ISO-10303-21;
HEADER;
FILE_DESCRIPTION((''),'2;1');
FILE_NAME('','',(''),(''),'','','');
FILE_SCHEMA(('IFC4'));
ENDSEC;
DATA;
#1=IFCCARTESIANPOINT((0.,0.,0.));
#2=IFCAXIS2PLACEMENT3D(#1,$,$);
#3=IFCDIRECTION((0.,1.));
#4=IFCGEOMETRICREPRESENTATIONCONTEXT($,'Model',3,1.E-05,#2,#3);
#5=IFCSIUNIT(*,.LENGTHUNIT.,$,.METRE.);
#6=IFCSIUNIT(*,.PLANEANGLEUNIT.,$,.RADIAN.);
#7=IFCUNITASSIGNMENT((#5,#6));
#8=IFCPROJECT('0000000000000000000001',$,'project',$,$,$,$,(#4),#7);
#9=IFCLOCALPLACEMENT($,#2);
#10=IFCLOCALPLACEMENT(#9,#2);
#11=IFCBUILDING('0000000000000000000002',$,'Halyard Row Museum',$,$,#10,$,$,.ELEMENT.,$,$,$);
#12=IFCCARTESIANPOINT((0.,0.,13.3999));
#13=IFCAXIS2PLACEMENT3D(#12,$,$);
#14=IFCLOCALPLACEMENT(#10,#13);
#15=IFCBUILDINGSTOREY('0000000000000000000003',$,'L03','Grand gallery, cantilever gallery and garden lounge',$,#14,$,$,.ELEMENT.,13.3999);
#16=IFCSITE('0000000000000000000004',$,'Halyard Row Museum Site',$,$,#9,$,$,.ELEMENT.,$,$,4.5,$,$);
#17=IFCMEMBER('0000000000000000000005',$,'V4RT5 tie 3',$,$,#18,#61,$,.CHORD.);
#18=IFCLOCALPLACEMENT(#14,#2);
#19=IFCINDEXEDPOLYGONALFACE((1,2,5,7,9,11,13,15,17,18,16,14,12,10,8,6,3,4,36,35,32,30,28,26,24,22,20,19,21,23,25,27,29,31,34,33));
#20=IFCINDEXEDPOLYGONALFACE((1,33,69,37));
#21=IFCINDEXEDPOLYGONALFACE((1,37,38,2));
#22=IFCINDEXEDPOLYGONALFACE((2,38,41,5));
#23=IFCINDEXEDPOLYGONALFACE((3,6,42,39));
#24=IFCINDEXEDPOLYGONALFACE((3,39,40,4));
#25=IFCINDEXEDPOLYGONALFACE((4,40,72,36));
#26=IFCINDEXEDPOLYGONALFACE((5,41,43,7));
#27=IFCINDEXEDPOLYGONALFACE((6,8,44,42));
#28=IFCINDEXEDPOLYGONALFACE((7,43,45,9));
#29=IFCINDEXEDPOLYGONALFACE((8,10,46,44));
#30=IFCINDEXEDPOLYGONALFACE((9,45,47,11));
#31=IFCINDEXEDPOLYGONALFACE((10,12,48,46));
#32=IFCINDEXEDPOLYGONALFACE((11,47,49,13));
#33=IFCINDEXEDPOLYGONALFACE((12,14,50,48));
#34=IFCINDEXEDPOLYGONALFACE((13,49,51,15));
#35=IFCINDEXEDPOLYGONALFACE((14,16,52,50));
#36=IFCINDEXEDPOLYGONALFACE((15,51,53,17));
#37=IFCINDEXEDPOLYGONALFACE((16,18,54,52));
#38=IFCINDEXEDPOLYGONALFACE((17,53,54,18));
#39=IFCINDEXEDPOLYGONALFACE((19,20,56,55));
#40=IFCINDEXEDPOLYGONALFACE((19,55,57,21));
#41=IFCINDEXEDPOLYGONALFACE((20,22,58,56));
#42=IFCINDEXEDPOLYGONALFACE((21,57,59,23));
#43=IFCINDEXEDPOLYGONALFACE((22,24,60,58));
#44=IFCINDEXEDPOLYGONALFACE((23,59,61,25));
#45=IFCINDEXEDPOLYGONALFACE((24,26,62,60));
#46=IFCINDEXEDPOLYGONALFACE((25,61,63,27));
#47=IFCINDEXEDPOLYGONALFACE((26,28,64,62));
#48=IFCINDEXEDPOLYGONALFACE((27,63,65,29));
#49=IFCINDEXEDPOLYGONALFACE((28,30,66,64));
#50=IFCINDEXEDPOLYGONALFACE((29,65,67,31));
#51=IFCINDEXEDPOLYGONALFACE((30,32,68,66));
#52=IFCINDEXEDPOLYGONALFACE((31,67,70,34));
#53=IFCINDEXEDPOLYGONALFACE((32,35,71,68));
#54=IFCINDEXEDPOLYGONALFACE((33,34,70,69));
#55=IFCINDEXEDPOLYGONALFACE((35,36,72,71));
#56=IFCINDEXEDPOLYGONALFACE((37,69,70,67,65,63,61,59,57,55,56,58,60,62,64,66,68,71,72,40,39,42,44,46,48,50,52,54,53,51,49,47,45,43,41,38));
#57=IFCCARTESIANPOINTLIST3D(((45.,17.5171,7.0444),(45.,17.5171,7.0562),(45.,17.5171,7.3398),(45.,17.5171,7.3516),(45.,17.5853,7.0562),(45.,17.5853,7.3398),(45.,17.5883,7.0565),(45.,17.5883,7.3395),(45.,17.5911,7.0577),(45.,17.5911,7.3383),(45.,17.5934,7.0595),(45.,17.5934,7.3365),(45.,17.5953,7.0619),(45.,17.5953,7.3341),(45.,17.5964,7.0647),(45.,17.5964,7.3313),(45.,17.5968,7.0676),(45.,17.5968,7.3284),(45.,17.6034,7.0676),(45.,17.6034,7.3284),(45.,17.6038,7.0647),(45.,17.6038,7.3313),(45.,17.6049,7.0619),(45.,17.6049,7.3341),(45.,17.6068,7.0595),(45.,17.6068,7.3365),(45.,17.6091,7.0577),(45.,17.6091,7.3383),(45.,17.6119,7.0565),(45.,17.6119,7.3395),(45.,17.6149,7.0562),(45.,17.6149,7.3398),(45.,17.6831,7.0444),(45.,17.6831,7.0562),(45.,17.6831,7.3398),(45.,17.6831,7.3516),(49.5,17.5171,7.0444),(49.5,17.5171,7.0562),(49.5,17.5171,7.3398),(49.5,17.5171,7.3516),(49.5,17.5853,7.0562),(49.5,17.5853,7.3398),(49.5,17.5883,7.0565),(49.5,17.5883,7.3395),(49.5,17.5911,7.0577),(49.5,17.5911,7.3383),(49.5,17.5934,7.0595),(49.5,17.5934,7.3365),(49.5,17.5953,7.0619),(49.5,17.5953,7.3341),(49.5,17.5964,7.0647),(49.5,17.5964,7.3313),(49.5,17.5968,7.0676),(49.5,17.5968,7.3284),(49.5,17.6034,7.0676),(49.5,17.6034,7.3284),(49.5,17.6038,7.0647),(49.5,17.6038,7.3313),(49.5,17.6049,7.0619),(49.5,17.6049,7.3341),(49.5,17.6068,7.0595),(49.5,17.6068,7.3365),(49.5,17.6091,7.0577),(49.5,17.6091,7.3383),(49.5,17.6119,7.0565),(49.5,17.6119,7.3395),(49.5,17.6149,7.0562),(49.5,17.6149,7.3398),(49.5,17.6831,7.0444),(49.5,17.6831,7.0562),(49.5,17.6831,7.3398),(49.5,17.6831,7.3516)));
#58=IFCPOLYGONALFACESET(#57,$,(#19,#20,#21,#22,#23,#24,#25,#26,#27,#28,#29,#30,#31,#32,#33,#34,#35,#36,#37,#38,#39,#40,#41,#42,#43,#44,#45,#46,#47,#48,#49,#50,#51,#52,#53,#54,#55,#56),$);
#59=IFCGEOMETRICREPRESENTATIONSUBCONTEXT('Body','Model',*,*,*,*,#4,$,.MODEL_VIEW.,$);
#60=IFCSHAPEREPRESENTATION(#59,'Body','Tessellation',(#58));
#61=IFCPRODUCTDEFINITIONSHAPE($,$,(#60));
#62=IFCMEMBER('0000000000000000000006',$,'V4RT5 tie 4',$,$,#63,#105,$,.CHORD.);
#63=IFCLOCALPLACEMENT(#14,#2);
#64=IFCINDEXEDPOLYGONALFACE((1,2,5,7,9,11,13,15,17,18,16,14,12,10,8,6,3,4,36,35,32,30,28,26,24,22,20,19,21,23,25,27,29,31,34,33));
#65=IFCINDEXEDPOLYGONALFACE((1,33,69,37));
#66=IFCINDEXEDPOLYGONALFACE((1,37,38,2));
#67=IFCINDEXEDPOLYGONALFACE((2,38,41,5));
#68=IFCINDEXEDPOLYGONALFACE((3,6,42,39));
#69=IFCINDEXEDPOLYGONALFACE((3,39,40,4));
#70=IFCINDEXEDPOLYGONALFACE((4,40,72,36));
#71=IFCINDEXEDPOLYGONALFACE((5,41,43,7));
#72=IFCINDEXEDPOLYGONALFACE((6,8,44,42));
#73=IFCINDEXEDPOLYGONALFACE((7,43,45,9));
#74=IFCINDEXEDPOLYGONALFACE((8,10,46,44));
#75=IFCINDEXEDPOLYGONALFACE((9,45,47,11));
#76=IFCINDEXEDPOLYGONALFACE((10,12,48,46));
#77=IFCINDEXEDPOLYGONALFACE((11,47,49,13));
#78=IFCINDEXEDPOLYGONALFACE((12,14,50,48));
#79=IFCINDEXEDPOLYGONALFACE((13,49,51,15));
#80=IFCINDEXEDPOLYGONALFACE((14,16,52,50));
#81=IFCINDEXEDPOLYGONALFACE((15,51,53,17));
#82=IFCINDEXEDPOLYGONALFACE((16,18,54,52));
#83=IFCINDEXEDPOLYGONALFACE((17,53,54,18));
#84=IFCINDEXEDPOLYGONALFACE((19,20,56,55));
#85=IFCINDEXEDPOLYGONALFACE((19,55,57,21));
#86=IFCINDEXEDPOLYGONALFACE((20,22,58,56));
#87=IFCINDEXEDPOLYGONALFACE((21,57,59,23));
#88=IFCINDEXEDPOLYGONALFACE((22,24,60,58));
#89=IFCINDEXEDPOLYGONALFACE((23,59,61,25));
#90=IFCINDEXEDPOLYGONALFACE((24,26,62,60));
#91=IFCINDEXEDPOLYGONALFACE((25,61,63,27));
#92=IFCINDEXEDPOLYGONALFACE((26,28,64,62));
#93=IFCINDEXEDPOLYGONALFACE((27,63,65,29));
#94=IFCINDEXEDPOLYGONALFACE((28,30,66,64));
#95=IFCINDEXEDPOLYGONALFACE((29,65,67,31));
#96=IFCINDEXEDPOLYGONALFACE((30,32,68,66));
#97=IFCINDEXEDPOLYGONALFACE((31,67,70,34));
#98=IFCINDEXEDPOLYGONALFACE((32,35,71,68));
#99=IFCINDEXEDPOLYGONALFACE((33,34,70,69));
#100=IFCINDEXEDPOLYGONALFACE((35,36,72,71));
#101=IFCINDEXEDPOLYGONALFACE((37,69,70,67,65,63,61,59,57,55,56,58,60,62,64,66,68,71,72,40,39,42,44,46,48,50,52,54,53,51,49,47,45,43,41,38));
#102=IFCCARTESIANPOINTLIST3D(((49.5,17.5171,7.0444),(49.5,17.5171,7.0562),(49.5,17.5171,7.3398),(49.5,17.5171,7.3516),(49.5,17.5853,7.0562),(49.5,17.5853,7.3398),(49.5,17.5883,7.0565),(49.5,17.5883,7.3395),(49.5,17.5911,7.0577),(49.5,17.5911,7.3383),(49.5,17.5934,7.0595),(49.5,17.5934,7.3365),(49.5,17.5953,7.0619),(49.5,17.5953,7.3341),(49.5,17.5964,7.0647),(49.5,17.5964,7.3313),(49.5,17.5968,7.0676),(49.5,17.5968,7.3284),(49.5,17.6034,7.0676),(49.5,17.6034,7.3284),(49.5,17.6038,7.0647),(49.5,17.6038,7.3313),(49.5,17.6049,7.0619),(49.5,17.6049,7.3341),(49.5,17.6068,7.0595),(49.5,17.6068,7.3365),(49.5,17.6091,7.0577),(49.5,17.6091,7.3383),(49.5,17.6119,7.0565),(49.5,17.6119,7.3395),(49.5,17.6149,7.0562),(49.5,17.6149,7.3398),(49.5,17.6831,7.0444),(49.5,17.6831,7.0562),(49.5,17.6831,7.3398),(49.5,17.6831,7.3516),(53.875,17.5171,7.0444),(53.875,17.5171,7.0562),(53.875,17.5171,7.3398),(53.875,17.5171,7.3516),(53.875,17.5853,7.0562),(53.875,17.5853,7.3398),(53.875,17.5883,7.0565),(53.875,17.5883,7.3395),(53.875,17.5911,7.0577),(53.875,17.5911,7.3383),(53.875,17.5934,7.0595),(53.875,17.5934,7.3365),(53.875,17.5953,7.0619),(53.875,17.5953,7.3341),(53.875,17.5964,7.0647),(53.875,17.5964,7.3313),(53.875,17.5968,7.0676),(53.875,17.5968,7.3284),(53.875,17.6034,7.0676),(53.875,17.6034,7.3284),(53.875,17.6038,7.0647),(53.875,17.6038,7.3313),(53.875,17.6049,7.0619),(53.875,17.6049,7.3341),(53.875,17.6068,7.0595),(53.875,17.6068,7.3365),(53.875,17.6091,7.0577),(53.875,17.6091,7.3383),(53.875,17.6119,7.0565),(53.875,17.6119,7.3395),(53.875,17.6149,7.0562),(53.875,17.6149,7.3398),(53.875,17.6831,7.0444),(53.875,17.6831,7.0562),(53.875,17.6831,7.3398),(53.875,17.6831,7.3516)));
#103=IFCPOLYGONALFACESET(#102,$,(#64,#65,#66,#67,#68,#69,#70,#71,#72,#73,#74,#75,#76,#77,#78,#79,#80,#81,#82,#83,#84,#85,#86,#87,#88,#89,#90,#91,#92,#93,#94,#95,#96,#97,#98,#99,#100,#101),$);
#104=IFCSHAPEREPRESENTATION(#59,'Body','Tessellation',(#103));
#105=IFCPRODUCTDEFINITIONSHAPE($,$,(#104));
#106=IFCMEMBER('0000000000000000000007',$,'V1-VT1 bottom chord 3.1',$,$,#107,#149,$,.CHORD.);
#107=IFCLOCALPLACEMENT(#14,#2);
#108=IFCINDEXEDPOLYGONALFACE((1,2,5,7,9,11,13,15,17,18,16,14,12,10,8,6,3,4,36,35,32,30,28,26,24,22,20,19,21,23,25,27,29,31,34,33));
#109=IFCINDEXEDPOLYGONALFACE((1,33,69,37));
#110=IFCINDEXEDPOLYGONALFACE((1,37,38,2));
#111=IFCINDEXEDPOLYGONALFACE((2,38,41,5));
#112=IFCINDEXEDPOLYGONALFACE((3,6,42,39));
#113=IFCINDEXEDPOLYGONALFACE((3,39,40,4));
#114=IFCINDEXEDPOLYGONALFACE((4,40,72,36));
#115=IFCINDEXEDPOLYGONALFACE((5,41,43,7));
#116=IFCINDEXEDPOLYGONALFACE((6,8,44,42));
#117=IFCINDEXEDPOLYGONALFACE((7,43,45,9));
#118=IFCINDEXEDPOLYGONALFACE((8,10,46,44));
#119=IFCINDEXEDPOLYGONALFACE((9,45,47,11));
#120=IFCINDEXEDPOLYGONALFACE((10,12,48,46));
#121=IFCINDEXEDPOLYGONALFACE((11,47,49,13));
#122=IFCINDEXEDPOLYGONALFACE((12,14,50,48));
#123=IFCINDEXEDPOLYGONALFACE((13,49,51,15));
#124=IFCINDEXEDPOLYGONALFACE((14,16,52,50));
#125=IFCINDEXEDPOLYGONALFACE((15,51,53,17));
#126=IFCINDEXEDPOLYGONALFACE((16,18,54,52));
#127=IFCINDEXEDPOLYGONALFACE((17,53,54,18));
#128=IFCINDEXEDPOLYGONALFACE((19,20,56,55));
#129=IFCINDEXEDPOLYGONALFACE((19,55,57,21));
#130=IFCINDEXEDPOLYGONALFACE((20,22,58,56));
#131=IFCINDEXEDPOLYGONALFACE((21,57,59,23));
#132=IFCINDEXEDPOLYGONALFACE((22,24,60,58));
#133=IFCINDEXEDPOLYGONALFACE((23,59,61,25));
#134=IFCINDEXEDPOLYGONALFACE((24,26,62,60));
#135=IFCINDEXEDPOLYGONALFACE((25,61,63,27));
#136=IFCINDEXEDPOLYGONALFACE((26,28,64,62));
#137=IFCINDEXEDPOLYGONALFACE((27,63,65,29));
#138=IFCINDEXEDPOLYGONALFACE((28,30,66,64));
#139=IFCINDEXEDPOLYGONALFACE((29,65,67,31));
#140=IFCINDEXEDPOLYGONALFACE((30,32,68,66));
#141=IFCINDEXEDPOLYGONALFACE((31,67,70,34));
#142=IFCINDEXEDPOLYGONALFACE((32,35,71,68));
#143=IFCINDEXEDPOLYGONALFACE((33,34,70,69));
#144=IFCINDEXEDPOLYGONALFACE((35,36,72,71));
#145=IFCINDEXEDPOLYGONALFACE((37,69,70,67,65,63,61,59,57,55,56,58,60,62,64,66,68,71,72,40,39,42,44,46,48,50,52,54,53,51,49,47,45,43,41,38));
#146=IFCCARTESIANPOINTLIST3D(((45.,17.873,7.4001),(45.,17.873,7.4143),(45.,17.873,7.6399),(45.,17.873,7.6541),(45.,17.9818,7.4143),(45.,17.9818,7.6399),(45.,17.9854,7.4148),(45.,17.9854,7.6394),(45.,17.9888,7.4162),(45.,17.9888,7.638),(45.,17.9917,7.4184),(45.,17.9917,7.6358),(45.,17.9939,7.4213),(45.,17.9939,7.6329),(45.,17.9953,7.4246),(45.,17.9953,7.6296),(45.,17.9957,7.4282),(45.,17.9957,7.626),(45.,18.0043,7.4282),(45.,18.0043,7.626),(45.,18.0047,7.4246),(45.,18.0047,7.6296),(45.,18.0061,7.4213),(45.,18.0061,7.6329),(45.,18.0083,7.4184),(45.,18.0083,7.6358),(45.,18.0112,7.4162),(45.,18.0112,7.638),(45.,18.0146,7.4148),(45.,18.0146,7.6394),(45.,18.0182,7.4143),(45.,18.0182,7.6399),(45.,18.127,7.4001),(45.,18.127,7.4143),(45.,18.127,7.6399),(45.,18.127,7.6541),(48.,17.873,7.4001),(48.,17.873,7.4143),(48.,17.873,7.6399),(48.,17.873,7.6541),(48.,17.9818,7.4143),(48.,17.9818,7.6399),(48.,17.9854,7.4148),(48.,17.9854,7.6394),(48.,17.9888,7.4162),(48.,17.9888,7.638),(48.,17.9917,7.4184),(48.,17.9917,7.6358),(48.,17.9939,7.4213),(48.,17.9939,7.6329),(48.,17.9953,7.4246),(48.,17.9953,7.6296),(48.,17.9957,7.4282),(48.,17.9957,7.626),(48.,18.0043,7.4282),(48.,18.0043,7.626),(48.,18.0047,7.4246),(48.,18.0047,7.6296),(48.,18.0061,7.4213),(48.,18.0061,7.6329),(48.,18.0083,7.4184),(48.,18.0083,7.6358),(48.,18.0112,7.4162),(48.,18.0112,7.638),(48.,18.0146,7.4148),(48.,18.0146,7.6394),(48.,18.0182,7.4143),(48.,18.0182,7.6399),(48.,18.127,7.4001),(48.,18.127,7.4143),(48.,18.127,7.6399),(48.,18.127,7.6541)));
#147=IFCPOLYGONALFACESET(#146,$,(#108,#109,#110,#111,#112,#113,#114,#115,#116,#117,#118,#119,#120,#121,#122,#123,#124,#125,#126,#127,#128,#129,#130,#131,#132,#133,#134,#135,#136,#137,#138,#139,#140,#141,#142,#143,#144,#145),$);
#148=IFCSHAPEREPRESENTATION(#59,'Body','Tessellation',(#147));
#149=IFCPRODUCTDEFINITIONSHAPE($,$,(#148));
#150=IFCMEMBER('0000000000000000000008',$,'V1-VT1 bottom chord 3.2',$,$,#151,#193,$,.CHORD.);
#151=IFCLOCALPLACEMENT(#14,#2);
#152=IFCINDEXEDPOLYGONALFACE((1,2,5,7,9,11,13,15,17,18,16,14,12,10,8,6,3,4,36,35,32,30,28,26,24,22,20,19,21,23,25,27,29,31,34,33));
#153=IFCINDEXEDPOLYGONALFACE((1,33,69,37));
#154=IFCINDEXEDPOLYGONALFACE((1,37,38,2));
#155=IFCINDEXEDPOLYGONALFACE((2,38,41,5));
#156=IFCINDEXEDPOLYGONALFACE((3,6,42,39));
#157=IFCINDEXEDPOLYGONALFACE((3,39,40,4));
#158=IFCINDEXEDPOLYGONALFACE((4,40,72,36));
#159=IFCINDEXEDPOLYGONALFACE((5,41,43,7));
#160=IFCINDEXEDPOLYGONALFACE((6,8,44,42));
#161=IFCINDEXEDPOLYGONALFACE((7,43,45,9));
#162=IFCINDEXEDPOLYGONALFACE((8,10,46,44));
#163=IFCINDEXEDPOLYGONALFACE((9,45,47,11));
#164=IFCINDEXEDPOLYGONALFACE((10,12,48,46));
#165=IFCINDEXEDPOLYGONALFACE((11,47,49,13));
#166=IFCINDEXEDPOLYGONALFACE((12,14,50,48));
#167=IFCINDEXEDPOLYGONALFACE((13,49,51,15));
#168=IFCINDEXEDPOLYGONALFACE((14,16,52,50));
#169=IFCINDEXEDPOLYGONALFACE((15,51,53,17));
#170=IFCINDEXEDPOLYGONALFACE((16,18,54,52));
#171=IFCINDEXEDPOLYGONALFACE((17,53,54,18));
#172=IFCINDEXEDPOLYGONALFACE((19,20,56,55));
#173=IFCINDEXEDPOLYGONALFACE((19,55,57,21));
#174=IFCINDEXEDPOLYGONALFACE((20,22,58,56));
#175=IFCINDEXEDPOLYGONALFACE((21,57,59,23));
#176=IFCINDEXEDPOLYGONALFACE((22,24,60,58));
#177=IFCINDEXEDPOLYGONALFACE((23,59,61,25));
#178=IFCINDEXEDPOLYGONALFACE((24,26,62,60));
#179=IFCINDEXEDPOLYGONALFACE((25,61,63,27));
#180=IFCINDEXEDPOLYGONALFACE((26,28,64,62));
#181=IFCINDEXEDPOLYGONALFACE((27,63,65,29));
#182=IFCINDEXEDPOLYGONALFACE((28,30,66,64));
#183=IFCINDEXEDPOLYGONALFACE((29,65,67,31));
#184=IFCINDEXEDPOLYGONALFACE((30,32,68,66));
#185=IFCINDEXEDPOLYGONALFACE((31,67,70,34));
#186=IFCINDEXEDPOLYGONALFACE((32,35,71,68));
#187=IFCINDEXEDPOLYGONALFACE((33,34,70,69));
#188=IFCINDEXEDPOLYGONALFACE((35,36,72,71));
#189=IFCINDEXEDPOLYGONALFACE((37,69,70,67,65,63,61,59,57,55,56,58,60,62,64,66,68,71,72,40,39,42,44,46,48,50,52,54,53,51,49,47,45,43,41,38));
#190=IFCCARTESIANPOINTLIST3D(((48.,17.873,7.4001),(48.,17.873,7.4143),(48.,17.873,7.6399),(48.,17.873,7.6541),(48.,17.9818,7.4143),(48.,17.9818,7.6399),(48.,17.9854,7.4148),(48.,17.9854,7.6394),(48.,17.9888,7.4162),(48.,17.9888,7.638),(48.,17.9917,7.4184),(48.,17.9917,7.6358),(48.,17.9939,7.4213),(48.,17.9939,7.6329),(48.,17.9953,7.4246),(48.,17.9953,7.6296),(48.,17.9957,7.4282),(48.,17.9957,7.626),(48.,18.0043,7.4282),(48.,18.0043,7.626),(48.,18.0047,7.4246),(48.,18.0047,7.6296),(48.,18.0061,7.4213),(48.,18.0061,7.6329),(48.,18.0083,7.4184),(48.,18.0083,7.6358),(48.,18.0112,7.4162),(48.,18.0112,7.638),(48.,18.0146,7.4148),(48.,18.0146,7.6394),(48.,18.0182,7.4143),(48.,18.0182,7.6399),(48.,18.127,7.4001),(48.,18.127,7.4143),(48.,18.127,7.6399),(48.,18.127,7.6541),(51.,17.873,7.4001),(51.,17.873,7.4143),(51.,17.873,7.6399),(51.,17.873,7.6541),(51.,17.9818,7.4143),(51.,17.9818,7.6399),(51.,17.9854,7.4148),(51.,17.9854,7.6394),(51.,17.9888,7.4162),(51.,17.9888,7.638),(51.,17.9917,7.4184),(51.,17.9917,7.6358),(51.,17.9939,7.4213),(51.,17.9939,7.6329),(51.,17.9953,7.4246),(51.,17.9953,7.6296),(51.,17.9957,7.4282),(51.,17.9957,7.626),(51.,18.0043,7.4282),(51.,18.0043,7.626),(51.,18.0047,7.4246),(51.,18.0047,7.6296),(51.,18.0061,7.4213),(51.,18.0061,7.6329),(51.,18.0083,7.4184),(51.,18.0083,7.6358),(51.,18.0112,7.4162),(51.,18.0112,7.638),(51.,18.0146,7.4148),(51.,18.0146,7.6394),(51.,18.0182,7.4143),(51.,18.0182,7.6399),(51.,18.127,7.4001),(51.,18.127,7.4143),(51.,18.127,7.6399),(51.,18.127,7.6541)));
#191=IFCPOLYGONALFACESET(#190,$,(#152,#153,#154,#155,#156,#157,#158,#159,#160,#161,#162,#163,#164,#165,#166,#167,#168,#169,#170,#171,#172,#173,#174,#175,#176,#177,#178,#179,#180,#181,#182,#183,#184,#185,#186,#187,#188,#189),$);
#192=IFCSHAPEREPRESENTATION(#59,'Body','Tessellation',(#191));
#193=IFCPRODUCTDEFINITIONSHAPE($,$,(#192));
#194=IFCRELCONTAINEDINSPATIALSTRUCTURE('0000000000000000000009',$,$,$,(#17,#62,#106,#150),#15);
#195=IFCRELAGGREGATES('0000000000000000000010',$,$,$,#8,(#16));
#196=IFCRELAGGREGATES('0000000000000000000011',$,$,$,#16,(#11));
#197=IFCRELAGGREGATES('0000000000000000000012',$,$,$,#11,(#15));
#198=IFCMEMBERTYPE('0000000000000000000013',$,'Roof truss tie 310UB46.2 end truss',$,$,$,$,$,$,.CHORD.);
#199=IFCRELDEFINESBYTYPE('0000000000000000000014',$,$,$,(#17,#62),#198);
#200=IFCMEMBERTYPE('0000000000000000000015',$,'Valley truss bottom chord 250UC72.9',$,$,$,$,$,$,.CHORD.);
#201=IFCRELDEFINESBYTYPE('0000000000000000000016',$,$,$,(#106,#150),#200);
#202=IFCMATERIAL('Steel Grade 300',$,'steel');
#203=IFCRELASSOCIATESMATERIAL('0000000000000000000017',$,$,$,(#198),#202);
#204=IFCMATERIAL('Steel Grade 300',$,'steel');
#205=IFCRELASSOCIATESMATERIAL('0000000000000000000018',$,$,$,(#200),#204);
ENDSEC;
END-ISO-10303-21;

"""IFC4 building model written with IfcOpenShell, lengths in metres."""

from ifc_helpers import new_model, si_unit, direction, frame, origin, origin_2d, place, context, subcontext, project, spatial, i_section, extrude, material, material_profile, profile_set, type_object, element, save


model = new_model("IFC4")

# Units and contexts
model_context = context("Model", 3, precision=1e-05, world=origin(), true_north=direction((0.0, 1.0)))
body_context = subcontext(model_context, "Body", "Model", "MODEL_VIEW")
ifc_project = project(units=[si_unit("LENGTHUNIT", "METRE"), si_unit("PLANEANGLEUNIT", "RADIAN")], contexts=[model_context])

# Site, building, storey
site_placement = place(None, origin())
site = spatial("IfcSite", under=ifc_project, at=site_placement, Name="Halyard Row Museum Site", CompositionType="ELEMENT", RefElevation=4.5)
building_placement = place(site_placement, origin())
building = spatial("IfcBuilding", under=site, at=building_placement, Name="Halyard Row Museum", CompositionType="ELEMENT")
storey_placement = place(building_placement, frame((0.0, 0.0, 13.3999)))
storey = spatial("IfcBuildingStorey", under=building, at=storey_placement, Name="L03", Description="Grand gallery, cantilever gallery and garden lounge", CompositionType="ELEMENT", Elevation=13.3999)

# Members
ifc_material_1 = material(Name="Steel Grade 300", Category="steel")
ifc_material_profile_1 = material_profile(ifc_material_1, i_section(OverallWidth=0.166, OverallDepth=0.3071, WebThickness=0.0066, FlangeThickness=0.0117, FilletRadius=0.0115, at=origin_2d()), Name="310UB46.2")
ifc_profile_set_1 = profile_set([ifc_material_profile_1], Name="Steel Grade 300")
member_type_1 = type_object("IfcMemberType", Name="Roof truss tie 310UB46.2 end truss", PredefinedType="CHORD", material=ifc_profile_set_1)
member_1_placement = place(storey_placement, frame((45.0, 17.6001, 7.198), z_axis=(1.0, 0.0, 0.0), x_axis=(0.0, 1.0, 0.0)))
element("IfcMember", 1, at=member_1_placement, inside=storey, type_object=member_type_1, Name="V4RT5 tie 3", PredefinedType="CHORD", context=body_context, shape_type="SweptSolid", body=[
    extrude(i_section(OverallWidth=0.166, OverallDepth=0.3071, WebThickness=0.0066, FlangeThickness=0.0117, FilletRadius=0.0115, at=origin_2d()), origin(), (0.0, 0.0, 1.0), 4.5),
])
member_2_placement = place(storey_placement, frame((49.5, 17.6001, 7.198), z_axis=(1.0, 0.0, 0.0), x_axis=(0.0, 1.0, 0.0)))
element("IfcMember", 2, at=member_2_placement, inside=storey, type_object=member_type_1, Name="V4RT5 tie 4", PredefinedType="CHORD", context=body_context, shape_type="SweptSolid", body=[
    extrude(i_section(OverallWidth=0.166, OverallDepth=0.3071, WebThickness=0.0066, FlangeThickness=0.0117, FilletRadius=0.0115, at=origin_2d()), origin(), (0.0, 0.0, 1.0), 4.375),
])
ifc_material_2 = material(Name="Steel Grade 300", Category="steel")
ifc_material_profile_2 = material_profile(ifc_material_2, i_section(OverallWidth=0.2539, OverallDepth=0.2539, WebThickness=0.0085, FlangeThickness=0.0142, FilletRadius=0.0139, at=origin_2d()), Name="250UC72.9")
ifc_profile_set_2 = profile_set([ifc_material_profile_2], Name="Steel Grade 300")
member_type_2 = type_object("IfcMemberType", Name="Valley truss bottom chord 250UC72.9", PredefinedType="CHORD", material=ifc_profile_set_2)
for number, where, z_axis, x_axis, name in (
    (3, (45.0, 18.0, 7.5271), (1.0, 0.0, 0.0), (0.0, 1.0, 0.0), "V1-VT1 bottom chord 3.1"),
    (4, (48.0, 18.0, 7.5271), (1.0, 0.0, 0.0), (0.0, 1.0, 0.0), "V1-VT1 bottom chord 3.2"),
):
    element("IfcMember", number, at=place(storey_placement, frame(where, z_axis=z_axis, x_axis=x_axis)), inside=storey, type_object=member_type_2, Name=name, PredefinedType="CHORD", context=body_context, shape_type="SweptSolid", body=[
        extrude(i_section(OverallWidth=0.2539, OverallDepth=0.2539, WebThickness=0.0085, FlangeThickness=0.0142, FilletRadius=0.0139, at=origin_2d()), origin(), (0.0, 0.0, 1.0), 3.0),
    ])

save(model, "model.ifc")
